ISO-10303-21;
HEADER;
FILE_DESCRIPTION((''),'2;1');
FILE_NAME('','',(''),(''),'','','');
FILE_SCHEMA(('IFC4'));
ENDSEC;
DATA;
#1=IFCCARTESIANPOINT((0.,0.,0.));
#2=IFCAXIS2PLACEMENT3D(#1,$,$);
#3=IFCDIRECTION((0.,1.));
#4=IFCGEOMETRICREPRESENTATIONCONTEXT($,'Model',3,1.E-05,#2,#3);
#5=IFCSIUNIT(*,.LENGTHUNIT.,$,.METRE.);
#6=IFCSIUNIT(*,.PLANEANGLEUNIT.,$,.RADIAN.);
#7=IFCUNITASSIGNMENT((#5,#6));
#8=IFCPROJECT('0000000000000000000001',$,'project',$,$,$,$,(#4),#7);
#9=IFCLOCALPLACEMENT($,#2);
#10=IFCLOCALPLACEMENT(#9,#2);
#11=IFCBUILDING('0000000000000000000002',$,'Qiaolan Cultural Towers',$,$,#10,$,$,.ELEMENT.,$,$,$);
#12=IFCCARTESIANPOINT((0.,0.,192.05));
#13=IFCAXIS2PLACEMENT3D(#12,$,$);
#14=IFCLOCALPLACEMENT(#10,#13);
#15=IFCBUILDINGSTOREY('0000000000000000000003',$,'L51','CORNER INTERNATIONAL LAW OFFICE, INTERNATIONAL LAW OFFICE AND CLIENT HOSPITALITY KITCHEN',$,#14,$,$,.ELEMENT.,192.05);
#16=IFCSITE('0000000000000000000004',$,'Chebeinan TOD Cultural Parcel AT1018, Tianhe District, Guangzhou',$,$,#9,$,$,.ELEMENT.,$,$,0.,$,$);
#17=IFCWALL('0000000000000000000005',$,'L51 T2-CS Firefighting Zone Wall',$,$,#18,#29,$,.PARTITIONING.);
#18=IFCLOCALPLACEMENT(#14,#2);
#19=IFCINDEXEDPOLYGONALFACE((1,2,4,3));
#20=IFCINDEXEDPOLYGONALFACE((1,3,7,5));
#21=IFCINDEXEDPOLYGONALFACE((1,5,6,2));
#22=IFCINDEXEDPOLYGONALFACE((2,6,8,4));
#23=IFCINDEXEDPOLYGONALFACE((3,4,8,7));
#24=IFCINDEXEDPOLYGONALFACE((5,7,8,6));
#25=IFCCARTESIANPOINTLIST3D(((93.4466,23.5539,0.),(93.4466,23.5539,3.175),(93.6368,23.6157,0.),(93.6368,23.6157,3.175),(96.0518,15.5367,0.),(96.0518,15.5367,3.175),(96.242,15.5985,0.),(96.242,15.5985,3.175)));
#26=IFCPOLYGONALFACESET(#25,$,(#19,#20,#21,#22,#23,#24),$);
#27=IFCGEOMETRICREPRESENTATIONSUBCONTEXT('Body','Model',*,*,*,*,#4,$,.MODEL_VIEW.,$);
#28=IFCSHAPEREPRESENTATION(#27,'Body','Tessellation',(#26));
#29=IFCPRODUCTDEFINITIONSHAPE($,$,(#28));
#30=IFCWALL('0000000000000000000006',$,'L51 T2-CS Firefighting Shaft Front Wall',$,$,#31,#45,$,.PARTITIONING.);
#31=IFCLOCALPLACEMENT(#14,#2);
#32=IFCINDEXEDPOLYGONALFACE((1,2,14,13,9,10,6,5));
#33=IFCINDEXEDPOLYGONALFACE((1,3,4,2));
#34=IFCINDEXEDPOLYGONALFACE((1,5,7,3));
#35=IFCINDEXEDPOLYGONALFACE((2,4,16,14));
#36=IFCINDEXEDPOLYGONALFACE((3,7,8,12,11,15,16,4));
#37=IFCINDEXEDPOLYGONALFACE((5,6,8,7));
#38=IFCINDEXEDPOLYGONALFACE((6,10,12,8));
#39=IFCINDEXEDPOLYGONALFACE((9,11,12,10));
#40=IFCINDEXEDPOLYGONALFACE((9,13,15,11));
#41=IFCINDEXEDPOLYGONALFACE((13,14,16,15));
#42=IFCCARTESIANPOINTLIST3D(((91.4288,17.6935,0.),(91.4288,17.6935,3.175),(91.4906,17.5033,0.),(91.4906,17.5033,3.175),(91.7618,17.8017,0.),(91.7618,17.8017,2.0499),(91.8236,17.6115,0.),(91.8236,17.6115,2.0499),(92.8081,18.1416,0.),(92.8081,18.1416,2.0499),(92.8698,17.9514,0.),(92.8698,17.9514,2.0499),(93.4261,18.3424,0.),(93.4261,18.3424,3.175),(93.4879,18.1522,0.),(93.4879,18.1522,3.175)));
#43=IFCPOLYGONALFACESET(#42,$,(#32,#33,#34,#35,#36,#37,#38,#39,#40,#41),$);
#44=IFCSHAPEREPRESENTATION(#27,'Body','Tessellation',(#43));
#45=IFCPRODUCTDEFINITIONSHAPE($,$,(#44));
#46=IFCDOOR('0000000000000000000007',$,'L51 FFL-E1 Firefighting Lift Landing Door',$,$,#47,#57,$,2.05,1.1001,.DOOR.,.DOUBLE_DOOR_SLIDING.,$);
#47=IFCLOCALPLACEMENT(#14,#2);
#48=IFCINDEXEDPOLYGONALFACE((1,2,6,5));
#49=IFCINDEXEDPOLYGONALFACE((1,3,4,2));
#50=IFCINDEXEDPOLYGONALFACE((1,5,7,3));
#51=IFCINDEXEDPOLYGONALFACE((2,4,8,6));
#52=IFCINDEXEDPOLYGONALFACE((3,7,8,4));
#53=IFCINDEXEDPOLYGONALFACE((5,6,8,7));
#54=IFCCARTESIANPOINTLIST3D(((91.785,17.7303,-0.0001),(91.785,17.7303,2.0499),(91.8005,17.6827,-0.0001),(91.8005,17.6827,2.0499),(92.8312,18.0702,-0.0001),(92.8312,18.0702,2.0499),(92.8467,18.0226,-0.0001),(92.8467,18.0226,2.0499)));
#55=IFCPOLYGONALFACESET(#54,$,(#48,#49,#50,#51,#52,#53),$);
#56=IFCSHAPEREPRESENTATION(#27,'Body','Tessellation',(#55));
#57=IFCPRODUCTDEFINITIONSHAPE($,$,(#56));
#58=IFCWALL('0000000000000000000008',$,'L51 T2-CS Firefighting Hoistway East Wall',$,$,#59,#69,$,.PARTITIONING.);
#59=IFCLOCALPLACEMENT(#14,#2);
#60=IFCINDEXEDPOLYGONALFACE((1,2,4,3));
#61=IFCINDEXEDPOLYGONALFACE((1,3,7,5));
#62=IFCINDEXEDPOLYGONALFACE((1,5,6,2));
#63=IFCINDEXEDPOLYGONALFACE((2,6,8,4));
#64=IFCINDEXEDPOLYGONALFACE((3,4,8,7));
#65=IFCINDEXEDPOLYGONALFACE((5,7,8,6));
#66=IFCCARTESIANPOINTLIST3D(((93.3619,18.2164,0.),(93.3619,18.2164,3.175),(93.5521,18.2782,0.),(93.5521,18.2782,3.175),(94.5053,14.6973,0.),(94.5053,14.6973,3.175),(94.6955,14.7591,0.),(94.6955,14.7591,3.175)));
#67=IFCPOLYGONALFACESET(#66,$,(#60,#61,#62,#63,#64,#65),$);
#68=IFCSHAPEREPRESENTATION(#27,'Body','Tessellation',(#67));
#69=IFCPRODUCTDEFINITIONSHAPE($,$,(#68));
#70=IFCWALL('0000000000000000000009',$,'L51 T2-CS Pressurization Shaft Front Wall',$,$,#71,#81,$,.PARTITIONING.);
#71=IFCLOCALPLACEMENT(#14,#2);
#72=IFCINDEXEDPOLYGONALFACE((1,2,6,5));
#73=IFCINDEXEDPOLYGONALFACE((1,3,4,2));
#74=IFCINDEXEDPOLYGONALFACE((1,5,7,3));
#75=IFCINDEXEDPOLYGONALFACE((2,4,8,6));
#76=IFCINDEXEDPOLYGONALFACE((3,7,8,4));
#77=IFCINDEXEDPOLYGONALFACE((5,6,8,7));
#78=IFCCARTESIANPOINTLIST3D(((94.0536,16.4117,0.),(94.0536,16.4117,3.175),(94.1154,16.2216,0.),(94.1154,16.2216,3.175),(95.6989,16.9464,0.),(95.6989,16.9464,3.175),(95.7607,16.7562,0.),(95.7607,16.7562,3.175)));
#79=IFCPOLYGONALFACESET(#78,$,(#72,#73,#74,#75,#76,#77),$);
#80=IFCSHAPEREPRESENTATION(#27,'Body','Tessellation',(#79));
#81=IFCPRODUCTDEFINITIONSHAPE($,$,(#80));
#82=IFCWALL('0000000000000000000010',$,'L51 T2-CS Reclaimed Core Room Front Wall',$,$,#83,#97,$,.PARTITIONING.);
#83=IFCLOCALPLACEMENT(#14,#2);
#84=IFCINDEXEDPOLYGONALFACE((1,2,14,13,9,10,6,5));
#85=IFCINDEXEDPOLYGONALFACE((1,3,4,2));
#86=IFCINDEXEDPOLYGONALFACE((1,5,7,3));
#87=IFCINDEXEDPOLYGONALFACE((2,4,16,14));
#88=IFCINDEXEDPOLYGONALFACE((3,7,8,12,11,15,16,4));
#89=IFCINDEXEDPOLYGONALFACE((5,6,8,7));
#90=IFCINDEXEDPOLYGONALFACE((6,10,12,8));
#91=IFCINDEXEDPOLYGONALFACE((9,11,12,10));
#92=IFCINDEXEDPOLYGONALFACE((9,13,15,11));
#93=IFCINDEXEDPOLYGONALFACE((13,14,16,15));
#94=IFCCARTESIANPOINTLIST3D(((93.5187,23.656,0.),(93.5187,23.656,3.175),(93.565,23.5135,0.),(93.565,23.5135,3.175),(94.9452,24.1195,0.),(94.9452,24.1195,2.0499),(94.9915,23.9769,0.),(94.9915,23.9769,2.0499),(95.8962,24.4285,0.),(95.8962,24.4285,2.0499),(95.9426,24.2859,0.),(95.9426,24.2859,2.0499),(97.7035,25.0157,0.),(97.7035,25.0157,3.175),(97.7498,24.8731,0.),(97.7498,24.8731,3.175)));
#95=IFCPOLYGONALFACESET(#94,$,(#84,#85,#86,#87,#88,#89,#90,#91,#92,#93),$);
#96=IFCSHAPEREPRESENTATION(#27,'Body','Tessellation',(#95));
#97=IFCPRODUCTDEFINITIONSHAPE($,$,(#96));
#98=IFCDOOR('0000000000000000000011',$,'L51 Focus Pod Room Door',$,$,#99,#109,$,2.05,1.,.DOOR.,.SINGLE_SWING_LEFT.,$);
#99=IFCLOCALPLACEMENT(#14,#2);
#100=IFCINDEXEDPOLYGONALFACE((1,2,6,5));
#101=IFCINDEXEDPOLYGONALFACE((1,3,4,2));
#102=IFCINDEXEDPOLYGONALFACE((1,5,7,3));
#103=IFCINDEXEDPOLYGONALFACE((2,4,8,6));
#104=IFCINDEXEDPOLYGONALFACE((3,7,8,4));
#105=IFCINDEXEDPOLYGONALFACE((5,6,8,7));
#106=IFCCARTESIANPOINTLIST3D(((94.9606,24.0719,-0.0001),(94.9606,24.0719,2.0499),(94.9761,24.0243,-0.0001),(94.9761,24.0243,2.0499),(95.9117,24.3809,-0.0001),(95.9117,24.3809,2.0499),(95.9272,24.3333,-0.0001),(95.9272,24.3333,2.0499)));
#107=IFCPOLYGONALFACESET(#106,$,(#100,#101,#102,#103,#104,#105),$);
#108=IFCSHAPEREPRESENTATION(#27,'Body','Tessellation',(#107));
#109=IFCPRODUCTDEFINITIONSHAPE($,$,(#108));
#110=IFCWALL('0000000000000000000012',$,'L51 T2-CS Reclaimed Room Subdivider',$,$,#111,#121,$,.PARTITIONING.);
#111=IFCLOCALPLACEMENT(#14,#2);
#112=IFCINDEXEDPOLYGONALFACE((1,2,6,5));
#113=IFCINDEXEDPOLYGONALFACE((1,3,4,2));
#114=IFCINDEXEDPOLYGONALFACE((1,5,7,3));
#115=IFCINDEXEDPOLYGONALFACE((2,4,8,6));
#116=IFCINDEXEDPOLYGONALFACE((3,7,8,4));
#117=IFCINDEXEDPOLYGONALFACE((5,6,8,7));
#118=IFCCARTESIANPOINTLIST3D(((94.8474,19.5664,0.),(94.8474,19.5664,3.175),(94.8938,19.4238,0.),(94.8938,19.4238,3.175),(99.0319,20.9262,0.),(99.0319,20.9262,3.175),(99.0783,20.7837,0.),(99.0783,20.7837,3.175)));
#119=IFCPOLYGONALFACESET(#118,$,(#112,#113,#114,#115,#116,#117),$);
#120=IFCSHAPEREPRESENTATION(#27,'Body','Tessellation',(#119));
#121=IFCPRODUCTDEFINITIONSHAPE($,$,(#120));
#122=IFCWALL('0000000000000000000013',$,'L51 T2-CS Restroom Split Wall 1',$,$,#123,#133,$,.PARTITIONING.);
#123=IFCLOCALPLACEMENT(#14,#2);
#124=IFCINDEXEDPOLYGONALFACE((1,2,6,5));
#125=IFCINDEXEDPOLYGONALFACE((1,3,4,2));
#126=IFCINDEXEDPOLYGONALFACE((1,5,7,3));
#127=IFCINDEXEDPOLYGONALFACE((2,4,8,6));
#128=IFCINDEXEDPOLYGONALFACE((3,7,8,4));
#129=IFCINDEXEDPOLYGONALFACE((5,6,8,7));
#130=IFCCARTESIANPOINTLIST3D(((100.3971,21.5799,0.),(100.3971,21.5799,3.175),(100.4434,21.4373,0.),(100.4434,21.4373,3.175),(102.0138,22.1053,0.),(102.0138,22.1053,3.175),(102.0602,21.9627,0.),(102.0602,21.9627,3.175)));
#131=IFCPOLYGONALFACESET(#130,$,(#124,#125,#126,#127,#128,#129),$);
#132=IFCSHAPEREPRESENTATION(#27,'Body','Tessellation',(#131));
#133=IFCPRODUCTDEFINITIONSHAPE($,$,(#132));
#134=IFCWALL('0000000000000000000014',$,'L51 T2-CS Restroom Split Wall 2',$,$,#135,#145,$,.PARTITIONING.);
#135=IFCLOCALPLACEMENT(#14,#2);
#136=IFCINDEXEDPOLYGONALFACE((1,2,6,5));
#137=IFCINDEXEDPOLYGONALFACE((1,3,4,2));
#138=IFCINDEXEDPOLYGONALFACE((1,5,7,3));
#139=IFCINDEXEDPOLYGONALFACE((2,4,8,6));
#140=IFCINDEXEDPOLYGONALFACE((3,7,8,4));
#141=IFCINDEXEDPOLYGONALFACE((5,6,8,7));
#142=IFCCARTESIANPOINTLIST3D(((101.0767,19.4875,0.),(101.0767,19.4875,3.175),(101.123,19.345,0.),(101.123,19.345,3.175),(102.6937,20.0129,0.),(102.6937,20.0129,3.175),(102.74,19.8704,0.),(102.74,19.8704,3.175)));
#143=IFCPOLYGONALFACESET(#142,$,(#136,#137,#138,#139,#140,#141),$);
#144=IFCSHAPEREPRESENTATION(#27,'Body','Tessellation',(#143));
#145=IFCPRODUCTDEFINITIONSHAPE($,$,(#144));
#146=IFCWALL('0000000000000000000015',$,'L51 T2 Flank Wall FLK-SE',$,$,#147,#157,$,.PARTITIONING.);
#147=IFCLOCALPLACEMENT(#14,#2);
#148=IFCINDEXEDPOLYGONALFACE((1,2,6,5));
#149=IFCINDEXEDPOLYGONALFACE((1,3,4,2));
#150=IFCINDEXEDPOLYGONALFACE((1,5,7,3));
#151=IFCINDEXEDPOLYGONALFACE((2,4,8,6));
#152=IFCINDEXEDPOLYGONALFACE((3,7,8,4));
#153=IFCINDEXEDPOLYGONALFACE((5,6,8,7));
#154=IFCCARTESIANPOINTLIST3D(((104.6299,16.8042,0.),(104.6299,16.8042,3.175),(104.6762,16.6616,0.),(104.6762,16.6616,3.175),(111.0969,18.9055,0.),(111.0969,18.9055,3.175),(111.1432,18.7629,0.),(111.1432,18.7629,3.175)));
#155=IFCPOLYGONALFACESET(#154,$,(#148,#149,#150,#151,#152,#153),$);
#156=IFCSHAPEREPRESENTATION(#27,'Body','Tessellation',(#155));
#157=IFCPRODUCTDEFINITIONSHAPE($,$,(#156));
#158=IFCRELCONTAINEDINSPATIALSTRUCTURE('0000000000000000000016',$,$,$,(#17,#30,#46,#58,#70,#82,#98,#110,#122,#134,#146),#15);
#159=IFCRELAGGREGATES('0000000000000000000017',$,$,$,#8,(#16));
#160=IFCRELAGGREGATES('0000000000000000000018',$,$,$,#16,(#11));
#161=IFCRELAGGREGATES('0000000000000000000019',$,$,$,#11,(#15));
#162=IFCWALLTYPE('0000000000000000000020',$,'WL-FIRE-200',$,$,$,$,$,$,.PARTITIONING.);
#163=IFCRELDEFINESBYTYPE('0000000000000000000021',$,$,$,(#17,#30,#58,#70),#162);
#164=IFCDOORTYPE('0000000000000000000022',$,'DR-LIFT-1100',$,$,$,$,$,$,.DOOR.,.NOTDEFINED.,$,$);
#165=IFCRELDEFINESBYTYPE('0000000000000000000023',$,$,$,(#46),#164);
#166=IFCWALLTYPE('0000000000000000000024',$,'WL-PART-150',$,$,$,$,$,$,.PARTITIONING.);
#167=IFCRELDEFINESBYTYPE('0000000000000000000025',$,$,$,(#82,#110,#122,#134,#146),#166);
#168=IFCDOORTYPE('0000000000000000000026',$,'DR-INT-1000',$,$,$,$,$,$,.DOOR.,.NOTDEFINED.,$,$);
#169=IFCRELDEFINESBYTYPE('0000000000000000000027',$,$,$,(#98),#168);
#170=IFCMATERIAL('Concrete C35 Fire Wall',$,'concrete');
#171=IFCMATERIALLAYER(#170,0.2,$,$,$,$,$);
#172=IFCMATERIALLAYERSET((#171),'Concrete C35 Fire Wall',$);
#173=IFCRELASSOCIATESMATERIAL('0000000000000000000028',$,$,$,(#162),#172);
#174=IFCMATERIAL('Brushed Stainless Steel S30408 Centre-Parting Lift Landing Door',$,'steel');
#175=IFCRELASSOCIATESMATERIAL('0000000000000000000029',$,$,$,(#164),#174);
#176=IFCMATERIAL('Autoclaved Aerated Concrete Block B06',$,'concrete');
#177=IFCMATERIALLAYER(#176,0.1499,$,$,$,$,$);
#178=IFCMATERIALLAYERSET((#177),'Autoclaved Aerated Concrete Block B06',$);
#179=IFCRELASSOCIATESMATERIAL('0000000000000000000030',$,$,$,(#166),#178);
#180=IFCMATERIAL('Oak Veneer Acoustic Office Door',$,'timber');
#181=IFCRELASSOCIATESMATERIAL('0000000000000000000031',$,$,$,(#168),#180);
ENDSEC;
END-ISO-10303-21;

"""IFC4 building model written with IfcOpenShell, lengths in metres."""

from ifc_helpers import new_model, si_unit, direction, frame, frame_2d, origin, place, context, subcontext, project, spatial, rectangle, extrude, material, layer, layer_set, type_object, element, fill, save


model = new_model("IFC4")

# Units and contexts
model_context = context("Model", 3, precision=1e-05, world=origin(), true_north=direction((0.0, 1.0)))
body_context = subcontext(model_context, "Body", "Model", "MODEL_VIEW")
ifc_project = project(units=[si_unit("LENGTHUNIT", "METRE"), si_unit("PLANEANGLEUNIT", "RADIAN")], contexts=[model_context])

# Site, building, storey
site_placement = place(None, origin())
site = spatial("IfcSite", under=ifc_project, at=site_placement, Name="Chebeinan TOD Cultural Parcel AT1018, Tianhe District, Guangzhou", CompositionType="ELEMENT", RefElevation=0.0)
building_placement = place(site_placement, origin())
building = spatial("IfcBuilding", under=site, at=building_placement, Name="Qiaolan Cultural Towers", CompositionType="ELEMENT")
storey_placement = place(building_placement, frame((0.0, 0.0, 192.05)))
storey = spatial("IfcBuildingStorey", under=building, at=storey_placement, Name="L51", Description="CORNER INTERNATIONAL LAW OFFICE, INTERNATIONAL LAW OFFICE AND CLIENT HOSPITALITY KITCHEN", CompositionType="ELEMENT", Elevation=192.05)

# Wall
ifc_material_1 = material(Name="Concrete C35 Fire Wall", Category="concrete")
ifc_layer_1 = layer(ifc_material_1, 0.2)
ifc_layer_set_1 = layer_set([ifc_layer_1], Name="Concrete C35 Fire Wall")
wall_type_1 = type_object("IfcWallType", Name="WL-FIRE-200", PredefinedType="PARTITIONING", material=ifc_layer_set_1)
wall_1_placement = place(storey_placement, frame((93.5417, 23.5847, 0.0), z_axis=(0.0, 0.0, 1.0), x_axis=(0.309042, -0.951048, 0.0)))
element("IfcWall", 1, at=wall_1_placement, inside=storey, type_object=wall_type_1, Name="L51 T2-CS Firefighting Zone Wall", PredefinedType="PARTITIONING", context=body_context, shape_type="SweptSolid", body=[
    extrude(rectangle(XDim=8.4299, YDim=0.2, at=frame_2d((4.2148, 0.0))), origin(), (0.0, 0.0, 1.0), 3.175),
])

# Wall, opening, door
wall_2_placement = place(storey_placement, frame((91.4597, 17.5984, 0.0), z_axis=(0.0, 0.0, 1.0), x_axis=(0.951062, 0.308999, 0.0)))
wall_2 = element("IfcWall", 2, at=wall_2_placement, inside=storey, type_object=wall_type_1, Name="L51 T2-CS Firefighting Shaft Front Wall", PredefinedType="PARTITIONING", context=body_context, shape_type="SweptSolid", body=[
    extrude(rectangle(XDim=2.1001, YDim=0.2, at=frame_2d((1.05, 0.0))), origin(), (0.0, 0.0, 1.0), 3.175),
])
opening_1_placement = place(wall_2_placement, frame((0.3501, 0.0, 0.0)))
opening_1 = element("IfcOpeningElement", 3, at=opening_1_placement, cuts=wall_2, PredefinedType="OPENING", context=body_context, shape_type="SweptSolid", body=[
    extrude(rectangle(XDim=1.1001, YDim=2.05, at=frame_2d((0.55, 1.0249))), frame((0.0, 0.1099, 0.0), z_axis=(0.0, -1.0, 0.0), x_axis=(1.0, 0.0, 0.0)), (0.0, 0.0, 1.0), 0.22),
])
ifc_material_2 = material(Name="Brushed Stainless Steel S30408 Centre-Parting Lift Landing Door", Category="steel")
door_type_1 = type_object("IfcDoorType", Name="DR-LIFT-1100", OperationType="NOTDEFINED", PredefinedType="DOOR", material=ifc_material_2)
door_1_placement = place(opening_1_placement, origin())
door_1 = element("IfcDoor", 4, at=door_1_placement, inside=storey, type_object=door_type_1, Name="L51 FFL-E1 Firefighting Lift Landing Door", OperationType="DOUBLE_DOOR_SLIDING", OverallHeight=2.05, OverallWidth=1.1001, PredefinedType="DOOR", context=body_context, shape_type="SweptSolid", body=[
    extrude(rectangle(XDim=1.1001, YDim=2.05, at=frame_2d((0.55, 1.0249))), frame((0.0, 0.0249, 0.0), z_axis=(0.0, -1.0, 0.0), x_axis=(1.0, 0.0, 0.0)), (0.0, 0.0, 1.0), 0.05),
])
fill(opening_1, door_1)

# Walls
wall_3_placement = place(storey_placement, frame((93.457, 18.2473, 0.0), z_axis=(0.0, 0.0, 1.0), x_axis=(0.308994, -0.951064, 0.0)))
element("IfcWall", 5, at=wall_3_placement, inside=storey, type_object=wall_type_1, Name="L51 T2-CS Firefighting Hoistway East Wall", PredefinedType="PARTITIONING", context=body_context, shape_type="SweptSolid", body=[
    extrude(rectangle(XDim=3.7002, YDim=0.2, at=frame_2d((1.8501, 0.0))), origin(), (0.0, 0.0, 1.0), 3.175),
])
wall_4_placement = place(storey_placement, frame((94.0845, 16.3167, 0.0), z_axis=(0.0, 0.0, 1.0), x_axis=(0.951041, 0.309064, 0.0)))
element("IfcWall", 6, at=wall_4_placement, inside=storey, type_object=wall_type_1, Name="L51 T2-CS Pressurization Shaft Front Wall", PredefinedType="PARTITIONING", context=body_context, shape_type="SweptSolid", body=[
    extrude(rectangle(XDim=1.73, YDim=0.2, at=frame_2d((0.865, 0.0))), origin(), (0.0, 0.0, 1.0), 3.175),
])

# Wall, opening, door
ifc_material_3 = material(Name="Autoclaved Aerated Concrete Block B06", Category="concrete")
ifc_layer_2 = layer(ifc_material_3, 0.1499)
ifc_layer_set_2 = layer_set([ifc_layer_2], Name="Autoclaved Aerated Concrete Block B06")
wall_type_2 = type_object("IfcWallType", Name="WL-PART-150", PredefinedType="PARTITIONING", material=ifc_layer_set_2)
wall_5_placement = place(storey_placement, frame((93.5417, 23.5847, 0.0), z_axis=(0.0, 0.0, 1.0), x_axis=(0.951064, 0.308994, 0.0)))
wall_5 = element("IfcWall", 7, at=wall_5_placement, inside=storey, type_object=wall_type_2, Name="L51 T2-CS Reclaimed Core Room Front Wall", PredefinedType="PARTITIONING", context=body_context, shape_type="SweptSolid", body=[
    extrude(rectangle(XDim=4.4001, YDim=0.1499, at=frame_2d((2.2002, 0.0))), origin(), (0.0, 0.0, 1.0), 3.175),
])
opening_2_placement = place(wall_5_placement, frame((1.5, 0.0, 0.0)))
opening_2 = element("IfcOpeningElement", 8, at=opening_2_placement, cuts=wall_5, PredefinedType="OPENING", context=body_context, shape_type="SweptSolid", body=[
    extrude(rectangle(XDim=1.0, YDim=2.05, at=frame_2d((0.5, 1.0249))), frame((0.0, 0.085, 0.0), z_axis=(0.0, -1.0, 0.0), x_axis=(1.0, 0.0, 0.0)), (0.0, 0.0, 1.0), 0.1699),
])
ifc_material_4 = material(Name="Oak Veneer Acoustic Office Door", Category="timber")
door_type_2 = type_object("IfcDoorType", Name="DR-INT-1000", OperationType="NOTDEFINED", PredefinedType="DOOR", material=ifc_material_4)
door_2_placement = place(opening_2_placement, origin())
door_2 = element("IfcDoor", 9, at=door_2_placement, inside=storey, type_object=door_type_2, Name="L51 Focus Pod Room Door", OperationType="SINGLE_SWING_LEFT", OverallHeight=2.05, OverallWidth=1.0, PredefinedType="DOOR", context=body_context, shape_type="SweptSolid", body=[
    extrude(rectangle(XDim=1.0, YDim=2.05, at=frame_2d((0.5, 1.0249))), frame((0.0, 0.0249, 0.0), z_axis=(0.0, -1.0, 0.0), x_axis=(1.0, 0.0, 0.0)), (0.0, 0.0, 1.0), 0.05),
])
fill(opening_2, door_2)

# Walls
wall_6_placement = place(storey_placement, frame((94.8706, 19.4951, 0.0), z_axis=(0.0, 0.0, 1.0), x_axis=(0.951042, 0.309061, 0.0)))
element("IfcWall", 10, at=wall_6_placement, inside=storey, type_object=wall_type_2, Name="L51 T2-CS Reclaimed Room Subdivider", PredefinedType="PARTITIONING", context=body_context, shape_type="SweptSolid", body=[
    extrude(rectangle(XDim=4.3999, YDim=0.1499, at=frame_2d((2.2, 0.0))), origin(), (0.0, 0.0, 1.0), 3.175),
])
wall_7_placement = place(storey_placement, frame((100.4202, 21.5085, 0.0), z_axis=(0.0, 0.0, 1.0), x_axis=(0.95104, 0.309067, 0.0)))
element("IfcWall", 11, at=wall_7_placement, inside=storey, type_object=wall_type_2, Name="L51 T2-CS Restroom Split Wall 1", PredefinedType="PARTITIONING", context=body_context, shape_type="SweptSolid", body=[
    extrude(rectangle(XDim=1.7, YDim=0.1499, at=frame_2d((0.8501, 0.0))), origin(), (0.0, 0.0, 1.0), 3.175),
])
wall_8_placement = place(storey_placement, frame((101.0999, 19.4163, 0.0), z_axis=(0.0, 0.0, 1.0), x_axis=(0.951054, 0.309024, 0.0)))
element("IfcWall", 12, at=wall_8_placement, inside=storey, type_object=wall_type_2, Name="L51 T2-CS Restroom Split Wall 2", PredefinedType="PARTITIONING", context=body_context, shape_type="SweptSolid", body=[
    extrude(rectangle(XDim=1.7002, YDim=0.1499, at=frame_2d((0.8501, 0.0))), origin(), (0.0, 0.0, 1.0), 3.175),
])
wall_9_placement = place(storey_placement, frame((104.6531, 16.7329, 0.0), z_axis=(0.0, 0.0, 1.0), x_axis=(0.951054, 0.309024, 0.0)))
element("IfcWall", 13, at=wall_9_placement, inside=storey, type_object=wall_type_2, Name="L51 T2 Flank Wall FLK-SE", PredefinedType="PARTITIONING", context=body_context, shape_type="SweptSolid", body=[
    extrude(rectangle(XDim=6.7998, YDim=0.1499, at=frame_2d((3.3999, 0.0))), origin(), (0.0, 0.0, 1.0), 3.175),
])

save(model, "model.ifc")
